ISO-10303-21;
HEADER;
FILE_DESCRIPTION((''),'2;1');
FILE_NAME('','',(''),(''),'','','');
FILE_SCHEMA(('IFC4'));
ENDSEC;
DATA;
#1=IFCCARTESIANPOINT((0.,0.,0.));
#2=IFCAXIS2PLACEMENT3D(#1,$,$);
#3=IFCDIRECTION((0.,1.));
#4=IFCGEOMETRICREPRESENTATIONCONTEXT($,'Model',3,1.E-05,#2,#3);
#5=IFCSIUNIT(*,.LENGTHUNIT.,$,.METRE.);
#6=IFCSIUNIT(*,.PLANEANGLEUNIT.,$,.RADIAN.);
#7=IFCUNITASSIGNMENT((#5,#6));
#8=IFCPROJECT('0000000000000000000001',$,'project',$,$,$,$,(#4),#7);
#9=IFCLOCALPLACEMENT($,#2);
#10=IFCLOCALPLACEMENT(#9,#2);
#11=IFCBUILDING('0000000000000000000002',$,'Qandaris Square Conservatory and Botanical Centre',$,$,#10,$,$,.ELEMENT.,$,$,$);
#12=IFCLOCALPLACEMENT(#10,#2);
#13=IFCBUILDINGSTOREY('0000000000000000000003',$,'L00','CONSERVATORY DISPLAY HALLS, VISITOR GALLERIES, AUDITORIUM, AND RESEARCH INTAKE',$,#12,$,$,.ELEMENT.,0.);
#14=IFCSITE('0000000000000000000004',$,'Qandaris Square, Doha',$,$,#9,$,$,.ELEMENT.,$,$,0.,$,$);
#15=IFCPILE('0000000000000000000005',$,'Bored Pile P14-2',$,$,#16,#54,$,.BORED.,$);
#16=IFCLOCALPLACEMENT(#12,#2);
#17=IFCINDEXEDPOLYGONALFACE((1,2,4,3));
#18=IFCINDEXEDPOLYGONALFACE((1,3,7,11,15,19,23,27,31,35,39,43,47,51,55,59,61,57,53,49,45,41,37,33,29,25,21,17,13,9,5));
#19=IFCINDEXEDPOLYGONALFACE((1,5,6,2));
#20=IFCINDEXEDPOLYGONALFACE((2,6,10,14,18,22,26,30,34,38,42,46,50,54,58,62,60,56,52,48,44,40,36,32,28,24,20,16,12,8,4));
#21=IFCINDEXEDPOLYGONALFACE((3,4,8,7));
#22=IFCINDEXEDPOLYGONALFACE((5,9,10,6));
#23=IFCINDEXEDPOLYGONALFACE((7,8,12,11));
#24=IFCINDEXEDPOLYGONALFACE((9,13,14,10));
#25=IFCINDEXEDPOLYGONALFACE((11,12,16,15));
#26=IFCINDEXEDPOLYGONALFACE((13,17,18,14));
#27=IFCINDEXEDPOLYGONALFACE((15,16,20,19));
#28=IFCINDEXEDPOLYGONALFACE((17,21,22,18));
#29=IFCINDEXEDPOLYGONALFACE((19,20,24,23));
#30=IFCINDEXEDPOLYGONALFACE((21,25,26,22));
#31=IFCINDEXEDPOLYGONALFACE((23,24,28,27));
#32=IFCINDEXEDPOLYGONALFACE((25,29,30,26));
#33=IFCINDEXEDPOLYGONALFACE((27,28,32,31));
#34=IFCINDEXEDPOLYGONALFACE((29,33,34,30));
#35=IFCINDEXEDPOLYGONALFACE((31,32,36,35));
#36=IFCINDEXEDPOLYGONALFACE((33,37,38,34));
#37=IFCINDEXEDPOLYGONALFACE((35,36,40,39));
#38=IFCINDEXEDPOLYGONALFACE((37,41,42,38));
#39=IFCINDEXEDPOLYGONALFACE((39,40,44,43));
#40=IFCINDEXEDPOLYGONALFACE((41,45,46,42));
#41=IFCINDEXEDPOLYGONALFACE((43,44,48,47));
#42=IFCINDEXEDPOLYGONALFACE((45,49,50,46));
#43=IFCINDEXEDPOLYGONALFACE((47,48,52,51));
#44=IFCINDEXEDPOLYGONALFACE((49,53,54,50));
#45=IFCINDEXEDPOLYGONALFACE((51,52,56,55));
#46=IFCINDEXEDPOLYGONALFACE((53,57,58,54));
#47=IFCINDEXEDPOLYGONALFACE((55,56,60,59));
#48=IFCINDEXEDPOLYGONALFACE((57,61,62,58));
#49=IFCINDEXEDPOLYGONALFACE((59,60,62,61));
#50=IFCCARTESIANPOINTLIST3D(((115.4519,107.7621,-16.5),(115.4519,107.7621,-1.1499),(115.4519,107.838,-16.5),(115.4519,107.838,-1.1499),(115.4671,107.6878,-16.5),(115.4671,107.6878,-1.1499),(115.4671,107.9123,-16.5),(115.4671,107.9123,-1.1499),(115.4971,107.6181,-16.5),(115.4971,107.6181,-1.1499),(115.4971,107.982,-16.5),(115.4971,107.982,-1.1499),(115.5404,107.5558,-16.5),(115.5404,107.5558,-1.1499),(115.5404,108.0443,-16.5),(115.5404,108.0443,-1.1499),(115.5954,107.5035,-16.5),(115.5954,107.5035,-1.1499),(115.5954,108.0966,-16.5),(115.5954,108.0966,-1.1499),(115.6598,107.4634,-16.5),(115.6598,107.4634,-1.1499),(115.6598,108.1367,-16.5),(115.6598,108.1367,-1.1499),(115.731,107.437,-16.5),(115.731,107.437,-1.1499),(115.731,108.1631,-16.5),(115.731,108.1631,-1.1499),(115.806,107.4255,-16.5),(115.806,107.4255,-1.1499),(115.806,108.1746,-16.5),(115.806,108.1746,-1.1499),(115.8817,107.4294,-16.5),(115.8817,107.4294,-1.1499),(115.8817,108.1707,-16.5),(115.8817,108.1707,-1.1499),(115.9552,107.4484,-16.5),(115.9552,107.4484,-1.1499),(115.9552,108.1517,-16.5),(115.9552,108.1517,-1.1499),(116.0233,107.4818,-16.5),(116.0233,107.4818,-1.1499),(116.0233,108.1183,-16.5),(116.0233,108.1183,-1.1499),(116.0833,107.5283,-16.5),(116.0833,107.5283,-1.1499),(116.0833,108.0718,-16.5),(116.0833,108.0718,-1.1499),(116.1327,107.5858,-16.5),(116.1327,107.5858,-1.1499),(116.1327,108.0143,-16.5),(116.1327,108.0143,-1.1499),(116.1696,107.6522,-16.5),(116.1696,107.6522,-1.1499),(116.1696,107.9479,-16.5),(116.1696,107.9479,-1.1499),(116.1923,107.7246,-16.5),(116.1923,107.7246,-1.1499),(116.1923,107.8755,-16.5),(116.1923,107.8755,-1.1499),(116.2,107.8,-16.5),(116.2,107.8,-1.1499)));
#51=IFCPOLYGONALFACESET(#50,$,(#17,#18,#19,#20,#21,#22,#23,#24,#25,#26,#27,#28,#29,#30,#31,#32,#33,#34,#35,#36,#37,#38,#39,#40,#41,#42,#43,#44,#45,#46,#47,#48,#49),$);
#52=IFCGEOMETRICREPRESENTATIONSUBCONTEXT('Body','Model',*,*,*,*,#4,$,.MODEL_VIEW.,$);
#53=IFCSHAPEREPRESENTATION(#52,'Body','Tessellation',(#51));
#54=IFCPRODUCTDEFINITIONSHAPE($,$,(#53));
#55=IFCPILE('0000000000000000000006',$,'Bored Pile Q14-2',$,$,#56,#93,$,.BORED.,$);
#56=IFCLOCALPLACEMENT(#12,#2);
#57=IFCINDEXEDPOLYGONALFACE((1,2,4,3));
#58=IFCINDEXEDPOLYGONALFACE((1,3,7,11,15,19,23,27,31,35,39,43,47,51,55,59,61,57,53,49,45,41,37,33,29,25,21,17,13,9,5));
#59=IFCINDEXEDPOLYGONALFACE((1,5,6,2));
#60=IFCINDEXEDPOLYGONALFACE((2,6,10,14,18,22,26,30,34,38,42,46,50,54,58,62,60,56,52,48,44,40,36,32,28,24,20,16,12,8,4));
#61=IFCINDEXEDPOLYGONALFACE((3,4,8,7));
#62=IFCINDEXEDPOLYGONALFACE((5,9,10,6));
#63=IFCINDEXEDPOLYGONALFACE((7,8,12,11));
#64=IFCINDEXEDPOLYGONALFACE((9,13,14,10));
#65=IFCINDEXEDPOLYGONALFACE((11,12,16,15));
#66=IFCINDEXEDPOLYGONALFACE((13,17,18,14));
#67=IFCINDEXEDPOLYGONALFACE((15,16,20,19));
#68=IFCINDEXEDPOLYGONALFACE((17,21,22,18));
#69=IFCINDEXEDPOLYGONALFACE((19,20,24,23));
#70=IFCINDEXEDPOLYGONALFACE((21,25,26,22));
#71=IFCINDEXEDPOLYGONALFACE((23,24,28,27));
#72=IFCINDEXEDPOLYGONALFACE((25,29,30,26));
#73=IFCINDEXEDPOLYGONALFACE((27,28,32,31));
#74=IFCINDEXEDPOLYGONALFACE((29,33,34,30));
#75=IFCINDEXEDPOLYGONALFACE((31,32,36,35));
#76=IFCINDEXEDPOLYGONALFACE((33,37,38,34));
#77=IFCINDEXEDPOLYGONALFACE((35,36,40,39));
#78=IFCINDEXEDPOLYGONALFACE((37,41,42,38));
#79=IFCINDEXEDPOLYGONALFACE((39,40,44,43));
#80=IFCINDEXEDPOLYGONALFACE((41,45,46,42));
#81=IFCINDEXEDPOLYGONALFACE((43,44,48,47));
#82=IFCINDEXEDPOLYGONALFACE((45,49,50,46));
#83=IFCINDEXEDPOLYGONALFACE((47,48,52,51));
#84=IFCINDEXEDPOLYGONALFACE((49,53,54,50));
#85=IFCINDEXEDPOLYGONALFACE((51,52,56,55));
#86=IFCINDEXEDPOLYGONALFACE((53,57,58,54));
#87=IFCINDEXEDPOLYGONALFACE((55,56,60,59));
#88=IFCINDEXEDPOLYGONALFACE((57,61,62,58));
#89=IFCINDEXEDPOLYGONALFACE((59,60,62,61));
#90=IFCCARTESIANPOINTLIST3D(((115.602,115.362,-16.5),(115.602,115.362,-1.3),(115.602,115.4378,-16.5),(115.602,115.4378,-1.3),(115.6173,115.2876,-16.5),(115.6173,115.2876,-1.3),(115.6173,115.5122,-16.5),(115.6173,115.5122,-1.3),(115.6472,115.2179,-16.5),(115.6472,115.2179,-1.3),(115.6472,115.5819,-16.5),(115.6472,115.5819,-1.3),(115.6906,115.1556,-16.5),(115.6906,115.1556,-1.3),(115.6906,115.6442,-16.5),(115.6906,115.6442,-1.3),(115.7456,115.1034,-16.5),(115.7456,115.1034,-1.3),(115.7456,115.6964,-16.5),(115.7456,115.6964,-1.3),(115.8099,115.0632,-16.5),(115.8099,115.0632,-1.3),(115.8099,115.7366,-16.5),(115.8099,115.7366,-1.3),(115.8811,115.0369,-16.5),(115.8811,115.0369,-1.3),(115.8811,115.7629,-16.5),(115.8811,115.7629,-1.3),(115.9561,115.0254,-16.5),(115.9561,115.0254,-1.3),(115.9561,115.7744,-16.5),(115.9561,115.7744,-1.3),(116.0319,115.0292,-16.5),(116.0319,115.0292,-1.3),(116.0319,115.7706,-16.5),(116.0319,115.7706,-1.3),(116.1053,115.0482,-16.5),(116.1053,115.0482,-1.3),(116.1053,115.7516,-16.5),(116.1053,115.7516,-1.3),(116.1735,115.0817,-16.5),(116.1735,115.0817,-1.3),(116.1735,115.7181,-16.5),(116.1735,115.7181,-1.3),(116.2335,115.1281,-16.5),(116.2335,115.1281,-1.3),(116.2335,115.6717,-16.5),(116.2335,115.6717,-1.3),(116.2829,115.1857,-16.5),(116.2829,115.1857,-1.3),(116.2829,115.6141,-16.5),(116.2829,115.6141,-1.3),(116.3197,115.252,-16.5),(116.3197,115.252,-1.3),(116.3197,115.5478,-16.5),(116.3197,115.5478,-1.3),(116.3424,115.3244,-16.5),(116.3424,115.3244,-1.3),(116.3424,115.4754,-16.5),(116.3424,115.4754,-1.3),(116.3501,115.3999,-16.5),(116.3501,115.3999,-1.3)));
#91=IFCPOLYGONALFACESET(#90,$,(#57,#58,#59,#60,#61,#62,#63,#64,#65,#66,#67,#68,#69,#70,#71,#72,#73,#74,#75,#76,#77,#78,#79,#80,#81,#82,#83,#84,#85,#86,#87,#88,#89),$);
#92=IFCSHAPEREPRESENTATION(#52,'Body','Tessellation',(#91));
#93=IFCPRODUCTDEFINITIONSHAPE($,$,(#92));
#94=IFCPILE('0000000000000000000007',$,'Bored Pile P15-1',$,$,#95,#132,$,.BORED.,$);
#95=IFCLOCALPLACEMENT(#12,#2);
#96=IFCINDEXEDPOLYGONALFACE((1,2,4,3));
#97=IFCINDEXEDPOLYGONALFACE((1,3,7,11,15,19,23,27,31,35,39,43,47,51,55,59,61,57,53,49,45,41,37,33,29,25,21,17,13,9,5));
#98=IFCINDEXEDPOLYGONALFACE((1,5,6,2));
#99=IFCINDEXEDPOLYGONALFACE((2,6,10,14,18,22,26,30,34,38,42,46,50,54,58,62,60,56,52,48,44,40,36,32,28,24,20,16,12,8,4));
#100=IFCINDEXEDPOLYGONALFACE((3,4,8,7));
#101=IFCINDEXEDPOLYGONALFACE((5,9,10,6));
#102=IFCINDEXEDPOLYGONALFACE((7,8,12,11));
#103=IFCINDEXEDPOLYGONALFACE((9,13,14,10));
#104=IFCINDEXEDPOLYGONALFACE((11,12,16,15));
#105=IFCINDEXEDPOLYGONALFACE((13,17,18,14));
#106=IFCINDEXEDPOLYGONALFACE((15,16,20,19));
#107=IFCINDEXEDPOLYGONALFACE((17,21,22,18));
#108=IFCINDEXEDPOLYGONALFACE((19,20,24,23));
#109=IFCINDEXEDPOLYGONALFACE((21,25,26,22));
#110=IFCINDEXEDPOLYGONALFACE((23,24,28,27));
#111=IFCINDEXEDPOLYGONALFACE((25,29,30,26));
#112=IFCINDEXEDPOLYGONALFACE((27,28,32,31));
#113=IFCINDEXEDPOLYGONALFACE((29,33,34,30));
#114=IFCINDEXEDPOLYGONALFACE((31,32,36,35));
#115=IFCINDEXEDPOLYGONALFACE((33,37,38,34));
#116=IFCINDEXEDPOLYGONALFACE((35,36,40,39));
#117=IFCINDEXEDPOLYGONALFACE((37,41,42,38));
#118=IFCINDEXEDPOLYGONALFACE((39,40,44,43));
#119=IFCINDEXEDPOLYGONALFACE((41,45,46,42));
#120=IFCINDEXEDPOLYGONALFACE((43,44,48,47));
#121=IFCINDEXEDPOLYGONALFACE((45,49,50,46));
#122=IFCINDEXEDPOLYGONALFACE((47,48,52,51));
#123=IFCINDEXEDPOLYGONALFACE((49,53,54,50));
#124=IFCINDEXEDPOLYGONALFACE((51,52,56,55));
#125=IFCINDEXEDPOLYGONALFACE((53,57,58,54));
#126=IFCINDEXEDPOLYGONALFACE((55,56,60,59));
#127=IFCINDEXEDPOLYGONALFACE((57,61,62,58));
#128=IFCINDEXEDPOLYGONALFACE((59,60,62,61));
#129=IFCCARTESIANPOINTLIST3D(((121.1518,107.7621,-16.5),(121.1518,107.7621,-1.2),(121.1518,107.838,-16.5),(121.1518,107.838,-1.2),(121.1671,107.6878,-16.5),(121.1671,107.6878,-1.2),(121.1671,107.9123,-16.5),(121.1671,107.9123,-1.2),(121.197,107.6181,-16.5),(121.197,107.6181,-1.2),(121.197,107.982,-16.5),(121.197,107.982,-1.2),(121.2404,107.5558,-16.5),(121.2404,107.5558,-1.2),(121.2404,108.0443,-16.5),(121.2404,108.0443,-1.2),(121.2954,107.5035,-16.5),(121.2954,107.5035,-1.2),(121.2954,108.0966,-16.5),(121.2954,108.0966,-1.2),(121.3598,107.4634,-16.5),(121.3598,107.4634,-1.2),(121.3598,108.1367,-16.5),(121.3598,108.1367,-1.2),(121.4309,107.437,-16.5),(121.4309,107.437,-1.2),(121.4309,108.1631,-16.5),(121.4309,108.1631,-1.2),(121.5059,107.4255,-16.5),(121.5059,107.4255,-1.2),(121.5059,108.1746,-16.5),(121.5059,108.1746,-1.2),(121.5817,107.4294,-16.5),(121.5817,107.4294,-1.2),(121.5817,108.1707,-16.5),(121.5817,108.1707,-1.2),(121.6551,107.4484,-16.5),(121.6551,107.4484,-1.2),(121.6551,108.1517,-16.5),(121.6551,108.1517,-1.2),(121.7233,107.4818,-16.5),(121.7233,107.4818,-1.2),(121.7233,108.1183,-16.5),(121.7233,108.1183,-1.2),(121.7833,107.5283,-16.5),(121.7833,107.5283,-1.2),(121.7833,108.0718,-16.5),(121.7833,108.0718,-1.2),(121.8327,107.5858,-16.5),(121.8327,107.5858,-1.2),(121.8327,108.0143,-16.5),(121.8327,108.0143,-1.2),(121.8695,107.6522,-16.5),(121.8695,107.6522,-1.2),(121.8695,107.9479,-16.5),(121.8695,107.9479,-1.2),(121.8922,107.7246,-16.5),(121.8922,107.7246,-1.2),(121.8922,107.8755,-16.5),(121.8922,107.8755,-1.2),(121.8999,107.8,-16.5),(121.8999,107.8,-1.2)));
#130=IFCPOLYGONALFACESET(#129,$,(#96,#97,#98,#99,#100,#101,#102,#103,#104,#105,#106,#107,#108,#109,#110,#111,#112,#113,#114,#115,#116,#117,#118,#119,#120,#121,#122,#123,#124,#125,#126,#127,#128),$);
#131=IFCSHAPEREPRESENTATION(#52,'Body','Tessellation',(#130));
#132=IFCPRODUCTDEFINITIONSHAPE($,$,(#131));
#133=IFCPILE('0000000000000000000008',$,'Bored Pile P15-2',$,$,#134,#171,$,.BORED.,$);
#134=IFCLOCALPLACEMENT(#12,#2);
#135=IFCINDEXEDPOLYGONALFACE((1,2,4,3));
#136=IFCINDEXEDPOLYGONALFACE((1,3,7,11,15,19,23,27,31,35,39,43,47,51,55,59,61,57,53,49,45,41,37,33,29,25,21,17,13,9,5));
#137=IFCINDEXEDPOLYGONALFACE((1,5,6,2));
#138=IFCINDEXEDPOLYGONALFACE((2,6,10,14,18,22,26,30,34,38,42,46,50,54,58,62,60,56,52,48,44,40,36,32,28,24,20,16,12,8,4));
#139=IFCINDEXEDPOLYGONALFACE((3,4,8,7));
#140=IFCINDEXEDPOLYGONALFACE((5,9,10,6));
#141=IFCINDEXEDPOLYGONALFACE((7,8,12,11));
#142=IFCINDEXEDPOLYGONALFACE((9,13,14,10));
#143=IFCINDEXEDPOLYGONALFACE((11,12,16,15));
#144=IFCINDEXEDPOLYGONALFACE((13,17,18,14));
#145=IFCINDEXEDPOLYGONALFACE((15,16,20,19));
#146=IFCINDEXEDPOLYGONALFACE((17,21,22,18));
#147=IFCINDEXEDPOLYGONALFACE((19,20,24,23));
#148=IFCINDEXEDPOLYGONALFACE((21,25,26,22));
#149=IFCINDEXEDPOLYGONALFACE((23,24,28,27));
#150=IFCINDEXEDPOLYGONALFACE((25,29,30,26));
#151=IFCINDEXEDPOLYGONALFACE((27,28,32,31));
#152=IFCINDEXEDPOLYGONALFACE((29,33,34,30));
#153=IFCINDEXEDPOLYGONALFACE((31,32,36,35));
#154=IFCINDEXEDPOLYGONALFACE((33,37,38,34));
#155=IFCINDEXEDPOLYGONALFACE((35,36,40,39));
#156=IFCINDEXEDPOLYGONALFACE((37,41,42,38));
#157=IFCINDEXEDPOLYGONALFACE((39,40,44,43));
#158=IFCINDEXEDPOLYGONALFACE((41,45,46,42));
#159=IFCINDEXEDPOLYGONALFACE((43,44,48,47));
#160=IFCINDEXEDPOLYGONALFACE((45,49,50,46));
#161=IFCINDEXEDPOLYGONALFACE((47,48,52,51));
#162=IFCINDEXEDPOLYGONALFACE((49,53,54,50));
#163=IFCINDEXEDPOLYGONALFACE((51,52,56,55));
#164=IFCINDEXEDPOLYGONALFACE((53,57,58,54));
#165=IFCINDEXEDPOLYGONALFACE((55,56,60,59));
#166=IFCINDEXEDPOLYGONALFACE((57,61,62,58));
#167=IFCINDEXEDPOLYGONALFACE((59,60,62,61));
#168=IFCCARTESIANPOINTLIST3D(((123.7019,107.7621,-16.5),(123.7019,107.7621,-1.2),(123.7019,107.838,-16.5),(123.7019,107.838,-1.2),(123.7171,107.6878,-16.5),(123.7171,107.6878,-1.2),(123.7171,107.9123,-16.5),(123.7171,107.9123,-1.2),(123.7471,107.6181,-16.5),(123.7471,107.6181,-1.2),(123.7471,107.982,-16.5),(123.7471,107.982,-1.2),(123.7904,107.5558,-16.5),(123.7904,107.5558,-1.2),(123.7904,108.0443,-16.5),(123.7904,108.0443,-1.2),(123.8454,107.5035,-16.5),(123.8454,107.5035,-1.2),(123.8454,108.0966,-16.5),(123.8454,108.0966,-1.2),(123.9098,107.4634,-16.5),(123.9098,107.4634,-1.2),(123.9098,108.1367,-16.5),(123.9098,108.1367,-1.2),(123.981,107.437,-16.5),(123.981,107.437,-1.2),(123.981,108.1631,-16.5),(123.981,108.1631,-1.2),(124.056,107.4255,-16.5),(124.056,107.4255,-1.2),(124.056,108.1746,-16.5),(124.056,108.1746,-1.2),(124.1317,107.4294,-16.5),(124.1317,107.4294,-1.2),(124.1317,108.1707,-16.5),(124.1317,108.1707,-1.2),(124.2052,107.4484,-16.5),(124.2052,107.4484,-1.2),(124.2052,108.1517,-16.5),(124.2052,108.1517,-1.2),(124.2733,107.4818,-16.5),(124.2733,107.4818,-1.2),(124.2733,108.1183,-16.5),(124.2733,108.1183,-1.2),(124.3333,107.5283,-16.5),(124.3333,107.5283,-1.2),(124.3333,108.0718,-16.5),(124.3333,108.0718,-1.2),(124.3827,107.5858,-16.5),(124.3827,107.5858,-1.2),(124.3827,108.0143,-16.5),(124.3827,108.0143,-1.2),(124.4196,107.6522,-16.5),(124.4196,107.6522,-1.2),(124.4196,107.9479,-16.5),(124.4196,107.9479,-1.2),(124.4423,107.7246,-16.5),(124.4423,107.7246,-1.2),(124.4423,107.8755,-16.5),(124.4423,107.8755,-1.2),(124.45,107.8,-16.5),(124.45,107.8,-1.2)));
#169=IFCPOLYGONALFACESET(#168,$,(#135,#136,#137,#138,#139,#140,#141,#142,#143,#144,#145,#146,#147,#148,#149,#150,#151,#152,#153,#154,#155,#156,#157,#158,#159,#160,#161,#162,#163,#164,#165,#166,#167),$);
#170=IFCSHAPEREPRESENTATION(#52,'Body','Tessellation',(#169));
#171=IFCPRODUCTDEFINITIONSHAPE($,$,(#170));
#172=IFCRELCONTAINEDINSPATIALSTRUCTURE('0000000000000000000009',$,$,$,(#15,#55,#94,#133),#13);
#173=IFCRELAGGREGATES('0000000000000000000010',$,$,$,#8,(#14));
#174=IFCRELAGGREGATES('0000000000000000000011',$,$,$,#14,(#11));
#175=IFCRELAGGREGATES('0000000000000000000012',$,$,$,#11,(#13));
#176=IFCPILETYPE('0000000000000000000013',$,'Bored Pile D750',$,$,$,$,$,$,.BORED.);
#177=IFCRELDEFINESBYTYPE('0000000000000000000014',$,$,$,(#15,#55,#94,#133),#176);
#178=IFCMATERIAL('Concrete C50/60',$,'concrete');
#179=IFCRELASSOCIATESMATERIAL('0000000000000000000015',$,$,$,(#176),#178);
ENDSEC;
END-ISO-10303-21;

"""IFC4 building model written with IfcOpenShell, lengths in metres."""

from ifc_helpers import new_model, si_unit, direction, frame, origin, origin_2d, place, context, subcontext, project, spatial, circle, extrude, material, material_profile, profile_set, type_object, element, save


model = new_model("IFC4")

# Units and contexts
model_context = context("Model", 3, precision=1e-05, world=origin(), true_north=direction((0.0, 1.0)))
body_context = subcontext(model_context, "Body", "Model", "MODEL_VIEW")
ifc_project = project(units=[si_unit("LENGTHUNIT", "METRE"), si_unit("PLANEANGLEUNIT", "RADIAN")], contexts=[model_context])

# Site, building, storey
site_placement = place(None, origin())
site = spatial("IfcSite", under=ifc_project, at=site_placement, Name="Qandaris Square, Doha", CompositionType="ELEMENT", RefElevation=0.0)
building_placement = place(site_placement, origin())
building = spatial("IfcBuilding", under=site, at=building_placement, Name="Qandaris Square Conservatory and Botanical Centre", CompositionType="ELEMENT")
storey_placement = place(building_placement, origin())
storey = spatial("IfcBuildingStorey", under=building, at=storey_placement, Name="L00", Description="CONSERVATORY DISPLAY HALLS, VISITOR GALLERIES, AUDITORIUM, AND RESEARCH INTAKE", CompositionType="ELEMENT", Elevation=0.0)

# Piles
ifc_material_1 = material(Name="Concrete C50/60", Category="concrete")
ifc_material_profile_1 = material_profile(ifc_material_1, circle(Radius=0.375, at=origin_2d()), Name="PILE D750")
ifc_profile_set_1 = profile_set([ifc_material_profile_1], Name="Concrete C50/60")
pile_type = type_object("IfcPileType", Name="Bored Pile D750", PredefinedType="BORED", material=ifc_profile_set_1)
pile_1_placement = place(storey_placement, frame((115.825, 107.8, -1.1499), z_axis=(0.0, 0.0, -1.0), x_axis=(1.0, 0.0, 0.0)))
element("IfcPile", 1, at=pile_1_placement, inside=storey, type_object=pile_type, Name="Bored Pile P14-2", PredefinedType="BORED", context=body_context, shape_type="SweptSolid", body=[
    extrude(circle(Radius=0.375, at=origin_2d()), origin(), (0.0, 0.0, 1.0), 15.3501),
])
pile_2_placement = place(storey_placement, frame((115.9751, 115.3999, -1.3), z_axis=(0.0, 0.0, -1.0), x_axis=(1.0, 0.0, 0.0)))
element("IfcPile", 2, at=pile_2_placement, inside=storey, type_object=pile_type, Name="Bored Pile Q14-2", PredefinedType="BORED", context=body_context, shape_type="SweptSolid", body=[
    extrude(circle(Radius=0.375, at=origin_2d()), origin(), (0.0, 0.0, 1.0), 15.2),
])
for number, where, z_axis, x_axis, name in (
    (3, (121.5249, 107.8, -1.2), (0.0, 0.0, -1.0), (1.0, 0.0, 0.0), "Bored Pile P15-1"),
    (4, (124.075, 107.8, -1.2), (0.0, 0.0, -1.0), (1.0, 0.0, 0.0), "Bored Pile P15-2"),
):
    element("IfcPile", number, at=place(storey_placement, frame(where, z_axis=z_axis, x_axis=x_axis)), inside=storey, type_object=pile_type, Name=name, PredefinedType="BORED", context=body_context, shape_type="SweptSolid", body=[
        extrude(circle(Radius=0.375, at=origin_2d()), origin(), (0.0, 0.0, 1.0), 15.3),
    ])

save(model, "model.ifc")
